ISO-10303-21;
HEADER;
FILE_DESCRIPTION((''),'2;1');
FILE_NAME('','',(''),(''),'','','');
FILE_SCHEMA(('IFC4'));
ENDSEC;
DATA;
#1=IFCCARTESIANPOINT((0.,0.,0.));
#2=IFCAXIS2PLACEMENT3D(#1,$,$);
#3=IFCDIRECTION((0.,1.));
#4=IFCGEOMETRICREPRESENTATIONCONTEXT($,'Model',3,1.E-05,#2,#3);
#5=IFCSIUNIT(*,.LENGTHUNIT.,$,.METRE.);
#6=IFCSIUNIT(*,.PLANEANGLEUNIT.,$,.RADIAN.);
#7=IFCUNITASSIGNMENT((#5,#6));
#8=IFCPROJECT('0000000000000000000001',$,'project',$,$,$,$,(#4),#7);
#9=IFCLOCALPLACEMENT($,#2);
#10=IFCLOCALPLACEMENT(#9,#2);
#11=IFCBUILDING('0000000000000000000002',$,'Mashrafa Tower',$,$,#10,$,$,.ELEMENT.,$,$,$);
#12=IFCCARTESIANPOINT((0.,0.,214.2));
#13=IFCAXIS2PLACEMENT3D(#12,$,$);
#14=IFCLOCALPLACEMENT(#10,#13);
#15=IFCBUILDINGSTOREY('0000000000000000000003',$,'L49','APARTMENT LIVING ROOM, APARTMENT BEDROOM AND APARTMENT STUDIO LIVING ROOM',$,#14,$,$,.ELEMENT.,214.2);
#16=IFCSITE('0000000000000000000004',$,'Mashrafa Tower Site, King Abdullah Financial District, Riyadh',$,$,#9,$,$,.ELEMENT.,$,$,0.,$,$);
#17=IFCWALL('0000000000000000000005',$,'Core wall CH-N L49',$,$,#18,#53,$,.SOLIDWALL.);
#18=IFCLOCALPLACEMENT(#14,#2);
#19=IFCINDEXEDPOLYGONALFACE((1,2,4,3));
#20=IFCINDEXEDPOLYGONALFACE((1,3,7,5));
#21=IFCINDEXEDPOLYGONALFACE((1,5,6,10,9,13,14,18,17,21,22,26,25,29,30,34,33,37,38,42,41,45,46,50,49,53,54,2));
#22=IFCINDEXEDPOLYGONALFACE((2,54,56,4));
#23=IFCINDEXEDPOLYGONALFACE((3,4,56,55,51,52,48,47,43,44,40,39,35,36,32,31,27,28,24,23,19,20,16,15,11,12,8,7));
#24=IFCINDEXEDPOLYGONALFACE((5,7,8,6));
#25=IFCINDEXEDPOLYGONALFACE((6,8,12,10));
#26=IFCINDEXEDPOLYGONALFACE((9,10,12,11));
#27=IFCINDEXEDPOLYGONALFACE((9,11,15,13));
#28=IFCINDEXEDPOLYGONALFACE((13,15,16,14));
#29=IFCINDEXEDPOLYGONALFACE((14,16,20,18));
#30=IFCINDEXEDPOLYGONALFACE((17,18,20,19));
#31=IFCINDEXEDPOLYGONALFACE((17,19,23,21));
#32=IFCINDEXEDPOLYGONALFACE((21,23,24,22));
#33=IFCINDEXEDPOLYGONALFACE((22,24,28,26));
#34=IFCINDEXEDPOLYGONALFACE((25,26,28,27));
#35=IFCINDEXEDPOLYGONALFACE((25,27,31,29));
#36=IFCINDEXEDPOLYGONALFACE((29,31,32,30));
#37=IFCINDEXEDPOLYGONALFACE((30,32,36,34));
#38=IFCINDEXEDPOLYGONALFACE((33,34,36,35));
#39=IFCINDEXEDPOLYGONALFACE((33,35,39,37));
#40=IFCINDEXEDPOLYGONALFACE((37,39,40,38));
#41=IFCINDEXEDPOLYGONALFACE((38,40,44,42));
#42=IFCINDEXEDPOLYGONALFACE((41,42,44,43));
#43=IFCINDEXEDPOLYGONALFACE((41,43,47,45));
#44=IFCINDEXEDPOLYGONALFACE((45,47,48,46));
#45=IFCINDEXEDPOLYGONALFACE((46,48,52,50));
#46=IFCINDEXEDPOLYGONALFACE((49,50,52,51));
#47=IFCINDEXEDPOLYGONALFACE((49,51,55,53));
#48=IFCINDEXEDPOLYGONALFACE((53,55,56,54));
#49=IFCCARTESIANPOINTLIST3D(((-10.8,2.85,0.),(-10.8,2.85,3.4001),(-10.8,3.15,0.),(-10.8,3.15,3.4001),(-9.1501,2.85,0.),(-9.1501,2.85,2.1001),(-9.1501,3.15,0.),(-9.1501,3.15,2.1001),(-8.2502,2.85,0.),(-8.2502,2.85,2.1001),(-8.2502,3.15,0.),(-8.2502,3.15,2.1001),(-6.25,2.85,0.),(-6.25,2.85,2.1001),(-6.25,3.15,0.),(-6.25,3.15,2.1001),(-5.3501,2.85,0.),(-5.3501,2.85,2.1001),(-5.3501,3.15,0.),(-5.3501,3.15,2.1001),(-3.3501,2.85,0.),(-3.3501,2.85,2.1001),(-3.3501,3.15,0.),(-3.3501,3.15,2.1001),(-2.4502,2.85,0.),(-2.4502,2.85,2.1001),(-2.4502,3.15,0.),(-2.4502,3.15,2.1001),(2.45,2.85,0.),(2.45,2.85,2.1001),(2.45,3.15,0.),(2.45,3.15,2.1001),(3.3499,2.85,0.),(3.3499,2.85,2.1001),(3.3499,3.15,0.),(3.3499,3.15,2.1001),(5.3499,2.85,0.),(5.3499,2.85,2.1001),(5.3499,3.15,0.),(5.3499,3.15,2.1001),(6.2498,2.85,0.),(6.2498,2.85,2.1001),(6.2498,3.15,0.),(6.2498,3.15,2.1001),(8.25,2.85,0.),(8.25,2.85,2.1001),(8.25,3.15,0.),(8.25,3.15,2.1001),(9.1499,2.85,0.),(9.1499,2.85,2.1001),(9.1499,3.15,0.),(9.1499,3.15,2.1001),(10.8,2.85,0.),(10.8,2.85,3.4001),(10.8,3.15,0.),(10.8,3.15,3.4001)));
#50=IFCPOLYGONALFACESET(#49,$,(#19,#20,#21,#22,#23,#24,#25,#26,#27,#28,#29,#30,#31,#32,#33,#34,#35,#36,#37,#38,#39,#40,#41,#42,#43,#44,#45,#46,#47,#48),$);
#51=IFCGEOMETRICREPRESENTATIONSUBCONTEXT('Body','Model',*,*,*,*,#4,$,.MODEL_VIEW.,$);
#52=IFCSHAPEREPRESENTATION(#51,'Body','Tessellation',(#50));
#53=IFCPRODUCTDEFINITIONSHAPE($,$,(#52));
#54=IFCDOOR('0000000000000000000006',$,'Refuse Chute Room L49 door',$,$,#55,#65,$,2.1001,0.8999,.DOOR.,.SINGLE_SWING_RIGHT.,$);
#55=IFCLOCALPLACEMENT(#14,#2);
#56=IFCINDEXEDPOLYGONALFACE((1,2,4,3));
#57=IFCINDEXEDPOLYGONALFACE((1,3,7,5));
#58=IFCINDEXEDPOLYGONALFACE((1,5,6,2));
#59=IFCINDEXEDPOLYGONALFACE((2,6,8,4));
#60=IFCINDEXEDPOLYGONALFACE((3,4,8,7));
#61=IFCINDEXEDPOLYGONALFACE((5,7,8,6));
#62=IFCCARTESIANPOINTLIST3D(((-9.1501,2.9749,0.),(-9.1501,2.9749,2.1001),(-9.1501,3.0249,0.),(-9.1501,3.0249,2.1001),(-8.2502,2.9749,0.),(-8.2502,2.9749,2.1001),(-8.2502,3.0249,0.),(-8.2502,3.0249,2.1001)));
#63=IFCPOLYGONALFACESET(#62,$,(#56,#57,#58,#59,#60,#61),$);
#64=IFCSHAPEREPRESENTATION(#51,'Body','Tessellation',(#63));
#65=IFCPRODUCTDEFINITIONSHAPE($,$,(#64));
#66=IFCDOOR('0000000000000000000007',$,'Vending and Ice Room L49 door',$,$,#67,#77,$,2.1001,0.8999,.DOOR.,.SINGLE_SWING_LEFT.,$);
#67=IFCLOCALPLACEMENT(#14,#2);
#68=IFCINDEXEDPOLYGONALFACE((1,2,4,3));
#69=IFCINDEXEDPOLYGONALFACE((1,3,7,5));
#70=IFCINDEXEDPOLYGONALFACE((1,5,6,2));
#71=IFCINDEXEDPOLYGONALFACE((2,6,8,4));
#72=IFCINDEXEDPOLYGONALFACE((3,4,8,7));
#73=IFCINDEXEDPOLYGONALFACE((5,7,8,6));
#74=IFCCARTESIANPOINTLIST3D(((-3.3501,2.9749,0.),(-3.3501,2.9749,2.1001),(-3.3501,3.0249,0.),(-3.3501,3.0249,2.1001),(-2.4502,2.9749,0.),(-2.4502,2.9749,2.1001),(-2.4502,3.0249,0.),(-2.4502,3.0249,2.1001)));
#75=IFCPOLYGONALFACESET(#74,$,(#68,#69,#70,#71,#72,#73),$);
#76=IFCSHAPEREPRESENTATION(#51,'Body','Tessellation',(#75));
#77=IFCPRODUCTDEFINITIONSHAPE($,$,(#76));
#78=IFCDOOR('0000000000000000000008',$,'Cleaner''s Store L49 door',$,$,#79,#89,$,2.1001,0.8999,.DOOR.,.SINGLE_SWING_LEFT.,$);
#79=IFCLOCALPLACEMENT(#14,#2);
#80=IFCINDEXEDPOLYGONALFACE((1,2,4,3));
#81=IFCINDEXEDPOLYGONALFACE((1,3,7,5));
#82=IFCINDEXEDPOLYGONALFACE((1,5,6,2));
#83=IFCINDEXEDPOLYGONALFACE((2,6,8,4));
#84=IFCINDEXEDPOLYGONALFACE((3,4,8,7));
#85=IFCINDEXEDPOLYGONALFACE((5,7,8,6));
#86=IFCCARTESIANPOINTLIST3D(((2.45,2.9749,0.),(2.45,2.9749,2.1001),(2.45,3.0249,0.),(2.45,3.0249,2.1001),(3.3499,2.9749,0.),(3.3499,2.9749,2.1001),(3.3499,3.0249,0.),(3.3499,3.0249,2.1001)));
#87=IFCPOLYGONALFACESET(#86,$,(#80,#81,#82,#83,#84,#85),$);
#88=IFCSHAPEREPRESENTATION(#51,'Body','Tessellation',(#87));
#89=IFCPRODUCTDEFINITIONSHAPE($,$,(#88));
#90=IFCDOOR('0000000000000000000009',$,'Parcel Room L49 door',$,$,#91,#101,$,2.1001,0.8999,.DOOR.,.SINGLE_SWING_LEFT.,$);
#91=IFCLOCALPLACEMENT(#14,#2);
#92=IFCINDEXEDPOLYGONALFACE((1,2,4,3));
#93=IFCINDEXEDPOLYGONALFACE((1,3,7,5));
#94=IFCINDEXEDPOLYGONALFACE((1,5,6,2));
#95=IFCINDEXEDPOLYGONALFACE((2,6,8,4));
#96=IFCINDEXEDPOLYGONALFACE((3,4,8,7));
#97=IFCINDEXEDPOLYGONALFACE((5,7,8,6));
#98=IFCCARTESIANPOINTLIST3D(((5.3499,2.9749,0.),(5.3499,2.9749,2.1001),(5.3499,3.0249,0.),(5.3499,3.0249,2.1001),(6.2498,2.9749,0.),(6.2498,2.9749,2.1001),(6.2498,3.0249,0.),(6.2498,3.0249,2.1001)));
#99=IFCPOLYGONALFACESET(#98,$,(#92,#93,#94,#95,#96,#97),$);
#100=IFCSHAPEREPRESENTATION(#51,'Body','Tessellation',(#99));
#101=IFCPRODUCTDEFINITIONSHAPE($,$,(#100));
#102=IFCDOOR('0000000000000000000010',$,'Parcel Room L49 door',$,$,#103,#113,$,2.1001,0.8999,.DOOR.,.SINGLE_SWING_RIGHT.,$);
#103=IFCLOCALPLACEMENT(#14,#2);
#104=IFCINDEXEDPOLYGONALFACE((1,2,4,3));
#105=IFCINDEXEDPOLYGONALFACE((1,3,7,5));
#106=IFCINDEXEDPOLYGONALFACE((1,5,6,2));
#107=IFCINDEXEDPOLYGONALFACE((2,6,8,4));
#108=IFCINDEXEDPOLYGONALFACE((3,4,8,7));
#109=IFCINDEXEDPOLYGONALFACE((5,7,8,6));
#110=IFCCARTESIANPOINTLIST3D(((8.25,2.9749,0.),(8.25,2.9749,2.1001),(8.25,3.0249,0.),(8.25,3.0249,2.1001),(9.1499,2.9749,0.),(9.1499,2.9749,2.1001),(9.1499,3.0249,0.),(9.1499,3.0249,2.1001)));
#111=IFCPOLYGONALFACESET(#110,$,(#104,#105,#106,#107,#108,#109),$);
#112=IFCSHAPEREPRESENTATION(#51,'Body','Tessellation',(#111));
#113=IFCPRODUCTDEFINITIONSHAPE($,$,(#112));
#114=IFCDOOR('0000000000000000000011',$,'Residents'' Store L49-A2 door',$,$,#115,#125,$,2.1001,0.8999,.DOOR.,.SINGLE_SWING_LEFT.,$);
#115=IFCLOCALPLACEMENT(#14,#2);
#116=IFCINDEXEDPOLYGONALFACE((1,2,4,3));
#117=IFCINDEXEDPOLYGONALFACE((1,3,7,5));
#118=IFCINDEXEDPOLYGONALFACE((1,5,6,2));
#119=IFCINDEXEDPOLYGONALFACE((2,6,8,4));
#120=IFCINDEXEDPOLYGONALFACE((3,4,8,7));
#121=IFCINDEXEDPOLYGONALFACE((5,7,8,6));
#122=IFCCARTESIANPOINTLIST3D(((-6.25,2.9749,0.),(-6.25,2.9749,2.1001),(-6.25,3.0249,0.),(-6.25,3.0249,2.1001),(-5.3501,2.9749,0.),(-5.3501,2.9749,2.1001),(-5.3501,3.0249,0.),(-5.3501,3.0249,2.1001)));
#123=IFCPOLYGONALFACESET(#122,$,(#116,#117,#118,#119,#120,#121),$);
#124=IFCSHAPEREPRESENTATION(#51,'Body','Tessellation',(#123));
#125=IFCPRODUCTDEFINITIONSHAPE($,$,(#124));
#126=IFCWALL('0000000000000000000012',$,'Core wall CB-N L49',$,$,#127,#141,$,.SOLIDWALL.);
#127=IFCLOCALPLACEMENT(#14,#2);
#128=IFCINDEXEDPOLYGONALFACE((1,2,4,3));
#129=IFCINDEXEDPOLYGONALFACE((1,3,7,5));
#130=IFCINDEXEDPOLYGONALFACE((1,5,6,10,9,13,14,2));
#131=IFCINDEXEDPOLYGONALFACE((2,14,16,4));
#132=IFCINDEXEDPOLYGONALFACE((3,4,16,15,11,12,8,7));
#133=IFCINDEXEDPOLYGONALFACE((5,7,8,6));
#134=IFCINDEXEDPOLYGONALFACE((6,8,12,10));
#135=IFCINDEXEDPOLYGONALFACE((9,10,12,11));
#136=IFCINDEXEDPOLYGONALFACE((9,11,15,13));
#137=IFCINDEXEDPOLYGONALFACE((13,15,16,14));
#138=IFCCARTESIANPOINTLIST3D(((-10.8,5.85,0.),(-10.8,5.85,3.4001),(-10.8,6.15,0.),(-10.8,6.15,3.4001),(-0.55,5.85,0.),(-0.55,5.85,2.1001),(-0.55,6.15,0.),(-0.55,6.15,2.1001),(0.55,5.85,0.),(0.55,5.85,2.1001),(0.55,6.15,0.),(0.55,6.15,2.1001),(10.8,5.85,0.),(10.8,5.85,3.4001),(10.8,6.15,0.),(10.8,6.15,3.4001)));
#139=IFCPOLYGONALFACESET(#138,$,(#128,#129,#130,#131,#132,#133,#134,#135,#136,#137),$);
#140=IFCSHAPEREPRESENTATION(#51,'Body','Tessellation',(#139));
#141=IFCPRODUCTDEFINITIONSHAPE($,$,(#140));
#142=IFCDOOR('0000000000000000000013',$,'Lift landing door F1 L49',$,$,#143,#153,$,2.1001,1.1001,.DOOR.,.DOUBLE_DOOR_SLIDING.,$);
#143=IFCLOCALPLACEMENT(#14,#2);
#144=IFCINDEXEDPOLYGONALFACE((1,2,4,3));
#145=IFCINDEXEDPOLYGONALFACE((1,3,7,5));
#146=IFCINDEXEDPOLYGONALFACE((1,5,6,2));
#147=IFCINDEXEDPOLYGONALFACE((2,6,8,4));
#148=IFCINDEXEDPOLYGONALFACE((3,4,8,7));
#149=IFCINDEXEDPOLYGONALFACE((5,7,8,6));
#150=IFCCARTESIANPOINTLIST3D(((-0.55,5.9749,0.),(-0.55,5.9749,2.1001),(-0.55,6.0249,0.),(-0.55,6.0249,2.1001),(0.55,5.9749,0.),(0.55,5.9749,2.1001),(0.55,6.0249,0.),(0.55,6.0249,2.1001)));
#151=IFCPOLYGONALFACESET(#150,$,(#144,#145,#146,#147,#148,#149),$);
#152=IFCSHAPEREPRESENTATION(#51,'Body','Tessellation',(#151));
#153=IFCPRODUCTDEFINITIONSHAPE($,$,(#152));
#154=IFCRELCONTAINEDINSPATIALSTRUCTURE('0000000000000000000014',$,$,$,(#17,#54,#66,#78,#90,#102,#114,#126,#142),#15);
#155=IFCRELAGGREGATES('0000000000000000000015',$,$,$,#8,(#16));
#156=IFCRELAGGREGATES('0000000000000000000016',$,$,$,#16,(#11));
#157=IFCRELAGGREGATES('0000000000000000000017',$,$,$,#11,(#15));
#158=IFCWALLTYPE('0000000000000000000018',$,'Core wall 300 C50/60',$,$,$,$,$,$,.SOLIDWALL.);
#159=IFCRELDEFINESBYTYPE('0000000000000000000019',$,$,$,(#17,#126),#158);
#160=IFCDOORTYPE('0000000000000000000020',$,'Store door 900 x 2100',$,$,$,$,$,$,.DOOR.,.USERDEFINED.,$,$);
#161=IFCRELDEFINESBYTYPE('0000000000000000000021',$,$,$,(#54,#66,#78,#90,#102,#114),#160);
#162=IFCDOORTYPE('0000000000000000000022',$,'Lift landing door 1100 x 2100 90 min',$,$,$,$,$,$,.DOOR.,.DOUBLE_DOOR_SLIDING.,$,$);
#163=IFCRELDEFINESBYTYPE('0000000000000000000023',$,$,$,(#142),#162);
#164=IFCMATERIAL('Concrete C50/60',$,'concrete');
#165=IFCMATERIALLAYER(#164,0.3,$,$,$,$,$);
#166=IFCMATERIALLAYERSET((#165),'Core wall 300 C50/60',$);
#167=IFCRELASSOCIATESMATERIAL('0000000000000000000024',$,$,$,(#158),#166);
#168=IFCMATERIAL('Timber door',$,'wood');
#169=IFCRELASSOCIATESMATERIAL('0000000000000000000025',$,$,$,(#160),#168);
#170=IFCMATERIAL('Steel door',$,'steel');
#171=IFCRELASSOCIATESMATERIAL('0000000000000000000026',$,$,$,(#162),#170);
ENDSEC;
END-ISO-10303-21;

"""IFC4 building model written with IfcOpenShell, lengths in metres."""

from ifc_helpers import new_model, si_unit, direction, frame, frame_2d, origin, place, context, subcontext, project, spatial, rectangle, extrude, material, layer, layer_set, type_object, element, fill, save


model = new_model("IFC4")

# Units and contexts
model_context = context("Model", 3, precision=1e-05, world=origin(), true_north=direction((0.0, 1.0)))
body_context = subcontext(model_context, "Body", "Model", "MODEL_VIEW")
ifc_project = project(units=[si_unit("LENGTHUNIT", "METRE"), si_unit("PLANEANGLEUNIT", "RADIAN")], contexts=[model_context])

# Site, building, storey
site_placement = place(None, origin())
site = spatial("IfcSite", under=ifc_project, at=site_placement, Name="Mashrafa Tower Site, King Abdullah Financial District, Riyadh", CompositionType="ELEMENT", RefElevation=0.0)
building_placement = place(site_placement, origin())
building = spatial("IfcBuilding", under=site, at=building_placement, Name="Mashrafa Tower", CompositionType="ELEMENT")
storey_placement = place(building_placement, frame((0.0, 0.0, 214.2)))
storey = spatial("IfcBuildingStorey", under=building, at=storey_placement, Name="L49", Description="APARTMENT LIVING ROOM, APARTMENT BEDROOM AND APARTMENT STUDIO LIVING ROOM", CompositionType="ELEMENT", Elevation=214.2)

# Wall, openings, doors
ifc_material_1 = material(Name="Concrete C50/60", Category="concrete")
ifc_layer_1 = layer(ifc_material_1, 0.3)
ifc_layer_set_1 = layer_set([ifc_layer_1], Name="Core wall 300 C50/60")
wall_type_1 = type_object("IfcWallType", Name="Core wall 300 C50/60", PredefinedType="SOLIDWALL", material=ifc_layer_set_1)
wall_1_placement = place(storey_placement, frame((-10.8, 3.0, 0.0), z_axis=(0.0, 0.0, 1.0), x_axis=(1.0, 0.0, 0.0)))
wall_1 = element("IfcWall", 1, at=wall_1_placement, inside=storey, type_object=wall_type_1, Name="Core wall CH-N L49", PredefinedType="SOLIDWALL", context=body_context, shape_type="SweptSolid", body=[
    extrude(rectangle(XDim=21.6001, YDim=0.3, at=frame_2d((10.8, 0.0))), origin(), (0.0, 0.0, 1.0), 3.4001),
])
opening_1_placement = place(wall_1_placement, frame((1.6499, 0.0, 0.0)))
opening_1 = element("IfcOpeningElement", 2, at=opening_1_placement, cuts=wall_1, PredefinedType="OPENING", context=body_context, shape_type="SweptSolid", body=[
    extrude(rectangle(XDim=0.8999, YDim=2.1001, at=frame_2d((0.45, 1.05))), frame((0.0, 0.1599, 0.0), z_axis=(0.0, -1.0, 0.0), x_axis=(1.0, 0.0, 0.0)), (0.0, 0.0, 1.0), 0.3201),
])
opening_2_placement = place(wall_1_placement, frame((7.45, 0.0, 0.0)))
opening_2 = element("IfcOpeningElement", 3, at=opening_2_placement, cuts=wall_1, PredefinedType="OPENING", context=body_context, shape_type="SweptSolid", body=[
    extrude(rectangle(XDim=0.8999, YDim=2.1001, at=frame_2d((0.45, 1.05))), frame((0.0, 0.1599, 0.0), z_axis=(0.0, -1.0, 0.0), x_axis=(1.0, 0.0, 0.0)), (0.0, 0.0, 1.0), 0.3201),
])
opening_3_placement = place(wall_1_placement, frame((13.25, 0.0, 0.0)))
opening_3 = element("IfcOpeningElement", 4, at=opening_3_placement, cuts=wall_1, PredefinedType="OPENING", context=body_context, shape_type="SweptSolid", body=[
    extrude(rectangle(XDim=0.8999, YDim=2.1001, at=frame_2d((0.45, 1.05))), frame((0.0, 0.1599, 0.0), z_axis=(0.0, -1.0, 0.0), x_axis=(1.0, 0.0, 0.0)), (0.0, 0.0, 1.0), 0.3201),
])
opening_4_placement = place(wall_1_placement, frame((16.1499, 0.0, 0.0)))
opening_4 = element("IfcOpeningElement", 5, at=opening_4_placement, cuts=wall_1, PredefinedType="OPENING", context=body_context, shape_type="SweptSolid", body=[
    extrude(rectangle(XDim=0.8999, YDim=2.1001, at=frame_2d((0.45, 1.05))), frame((0.0, 0.1599, 0.0), z_axis=(0.0, -1.0, 0.0), x_axis=(1.0, 0.0, 0.0)), (0.0, 0.0, 1.0), 0.3201),
])
opening_5_placement = place(wall_1_placement, frame((19.05, 0.0, 0.0)))
opening_5 = element("IfcOpeningElement", 6, at=opening_5_placement, cuts=wall_1, PredefinedType="OPENING", context=body_context, shape_type="SweptSolid", body=[
    extrude(rectangle(XDim=0.8999, YDim=2.1001, at=frame_2d((0.45, 1.05))), frame((0.0, 0.1599, 0.0), z_axis=(0.0, -1.0, 0.0), x_axis=(1.0, 0.0, 0.0)), (0.0, 0.0, 1.0), 0.3201),
])
opening_6_placement = place(wall_1_placement, frame((4.55, 0.0, 0.0)))
opening_6 = element("IfcOpeningElement", 7, at=opening_6_placement, cuts=wall_1, PredefinedType="OPENING", context=body_context, shape_type="SweptSolid", body=[
    extrude(rectangle(XDim=0.8999, YDim=2.1001, at=frame_2d((0.45, 1.05))), frame((0.0, 0.1599, 0.0), z_axis=(0.0, -1.0, 0.0), x_axis=(1.0, 0.0, 0.0)), (0.0, 0.0, 1.0), 0.3201),
])
ifc_material_2 = material(Name="Timber door", Category="wood")
door_type_1 = type_object("IfcDoorType", Name="Store door 900 x 2100", OperationType="USERDEFINED", PredefinedType="DOOR", material=ifc_material_2)
door_1_placement = place(opening_1_placement, origin())
door_1 = element("IfcDoor", 8, at=door_1_placement, inside=storey, type_object=door_type_1, Name="Refuse Chute Room L49 door", OperationType="SINGLE_SWING_RIGHT", OverallHeight=2.1001, OverallWidth=0.8999, PredefinedType="DOOR", context=body_context, shape_type="SweptSolid", body=[
    extrude(rectangle(XDim=0.8999, YDim=2.1001, at=frame_2d((0.45, 1.05))), frame((0.0, 0.0249, 0.0), z_axis=(0.0, -1.0, 0.0), x_axis=(1.0, 0.0, 0.0)), (0.0, 0.0, 1.0), 0.05),
])
fill(opening_1, door_1)
door_2_placement = place(opening_2_placement, origin())
door_2 = element("IfcDoor", 9, at=door_2_placement, inside=storey, type_object=door_type_1, Name="Vending and Ice Room L49 door", OperationType="SINGLE_SWING_LEFT", OverallHeight=2.1001, OverallWidth=0.8999, PredefinedType="DOOR", context=body_context, shape_type="SweptSolid", body=[
    extrude(rectangle(XDim=0.8999, YDim=2.1001, at=frame_2d((0.45, 1.05))), frame((0.0, 0.0249, 0.0), z_axis=(0.0, -1.0, 0.0), x_axis=(1.0, 0.0, 0.0)), (0.0, 0.0, 1.0), 0.05),
])
fill(opening_2, door_2)
door_3_placement = place(opening_3_placement, origin())
door_3 = element("IfcDoor", 10, at=door_3_placement, inside=storey, type_object=door_type_1, Name="Cleaner's Store L49 door", OperationType="SINGLE_SWING_LEFT", OverallHeight=2.1001, OverallWidth=0.8999, PredefinedType="DOOR", context=body_context, shape_type="SweptSolid", body=[
    extrude(rectangle(XDim=0.8999, YDim=2.1001, at=frame_2d((0.45, 1.05))), frame((0.0, 0.0249, 0.0), z_axis=(0.0, -1.0, 0.0), x_axis=(1.0, 0.0, 0.0)), (0.0, 0.0, 1.0), 0.05),
])
fill(opening_3, door_3)
door_4_placement = place(opening_4_placement, origin())
door_4 = element("IfcDoor", 11, at=door_4_placement, inside=storey, type_object=door_type_1, Name="Parcel Room L49 door", OperationType="SINGLE_SWING_LEFT", OverallHeight=2.1001, OverallWidth=0.8999, PredefinedType="DOOR", context=body_context, shape_type="SweptSolid", body=[
    extrude(rectangle(XDim=0.8999, YDim=2.1001, at=frame_2d((0.45, 1.05))), frame((0.0, 0.0249, 0.0), z_axis=(0.0, -1.0, 0.0), x_axis=(1.0, 0.0, 0.0)), (0.0, 0.0, 1.0), 0.05),
])
fill(opening_4, door_4)
door_5_placement = place(opening_5_placement, origin())
door_5 = element("IfcDoor", 12, at=door_5_placement, inside=storey, type_object=door_type_1, Name="Parcel Room L49 door", OperationType="SINGLE_SWING_RIGHT", OverallHeight=2.1001, OverallWidth=0.8999, PredefinedType="DOOR", context=body_context, shape_type="SweptSolid", body=[
    extrude(rectangle(XDim=0.8999, YDim=2.1001, at=frame_2d((0.45, 1.05))), frame((0.0, 0.0249, 0.0), z_axis=(0.0, -1.0, 0.0), x_axis=(1.0, 0.0, 0.0)), (0.0, 0.0, 1.0), 0.05),
])
fill(opening_5, door_5)
door_6_placement = place(opening_6_placement, origin())
door_6 = element("IfcDoor", 13, at=door_6_placement, inside=storey, type_object=door_type_1, Name="Residents' Store L49-A2 door", OperationType="SINGLE_SWING_LEFT", OverallHeight=2.1001, OverallWidth=0.8999, PredefinedType="DOOR", context=body_context, shape_type="SweptSolid", body=[
    extrude(rectangle(XDim=0.8999, YDim=2.1001, at=frame_2d((0.45, 1.05))), frame((0.0, 0.0249, 0.0), z_axis=(0.0, -1.0, 0.0), x_axis=(1.0, 0.0, 0.0)), (0.0, 0.0, 1.0), 0.05),
])
fill(opening_6, door_6)

# Wall, opening, door
wall_2_placement = place(storey_placement, frame((-10.8, 6.0, 0.0), z_axis=(0.0, 0.0, 1.0), x_axis=(1.0, 0.0, 0.0)))
wall_2 = element("IfcWall", 14, at=wall_2_placement, inside=storey, type_object=wall_type_1, Name="Core wall CB-N L49", PredefinedType="SOLIDWALL", context=body_context, shape_type="SweptSolid", body=[
    extrude(rectangle(XDim=21.6001, YDim=0.3, at=frame_2d((10.8, 0.0))), origin(), (0.0, 0.0, 1.0), 3.4001),
])
opening_7_placement = place(wall_2_placement, frame((10.25, 0.0, 0.0)))
opening_7 = element("IfcOpeningElement", 15, at=opening_7_placement, cuts=wall_2, PredefinedType="OPENING", context=body_context, shape_type="SweptSolid", body=[
    extrude(rectangle(XDim=1.1001, YDim=2.1001, at=frame_2d((0.55, 1.05))), frame((0.0, 0.1599, 0.0), z_axis=(0.0, -1.0, 0.0), x_axis=(1.0, 0.0, 0.0)), (0.0, 0.0, 1.0), 0.3201),
])
ifc_material_3 = material(Name="Steel door", Category="steel")
door_type_2 = type_object("IfcDoorType", Name="Lift landing door 1100 x 2100 90 min", OperationType="DOUBLE_DOOR_SLIDING", PredefinedType="DOOR", material=ifc_material_3)
door_7_placement = place(opening_7_placement, origin())
door_7 = element("IfcDoor", 16, at=door_7_placement, inside=storey, type_object=door_type_2, Name="Lift landing door F1 L49", OperationType="DOUBLE_DOOR_SLIDING", OverallHeight=2.1001, OverallWidth=1.1001, PredefinedType="DOOR", context=body_context, shape_type="SweptSolid", body=[
    extrude(rectangle(XDim=1.1001, YDim=2.1001, at=frame_2d((0.55, 1.05))), frame((0.0, 0.0249, 0.0), z_axis=(0.0, -1.0, 0.0), x_axis=(1.0, 0.0, 0.0)), (0.0, 0.0, 1.0), 0.05),
])
fill(opening_7, door_7)

save(model, "model.ifc")
